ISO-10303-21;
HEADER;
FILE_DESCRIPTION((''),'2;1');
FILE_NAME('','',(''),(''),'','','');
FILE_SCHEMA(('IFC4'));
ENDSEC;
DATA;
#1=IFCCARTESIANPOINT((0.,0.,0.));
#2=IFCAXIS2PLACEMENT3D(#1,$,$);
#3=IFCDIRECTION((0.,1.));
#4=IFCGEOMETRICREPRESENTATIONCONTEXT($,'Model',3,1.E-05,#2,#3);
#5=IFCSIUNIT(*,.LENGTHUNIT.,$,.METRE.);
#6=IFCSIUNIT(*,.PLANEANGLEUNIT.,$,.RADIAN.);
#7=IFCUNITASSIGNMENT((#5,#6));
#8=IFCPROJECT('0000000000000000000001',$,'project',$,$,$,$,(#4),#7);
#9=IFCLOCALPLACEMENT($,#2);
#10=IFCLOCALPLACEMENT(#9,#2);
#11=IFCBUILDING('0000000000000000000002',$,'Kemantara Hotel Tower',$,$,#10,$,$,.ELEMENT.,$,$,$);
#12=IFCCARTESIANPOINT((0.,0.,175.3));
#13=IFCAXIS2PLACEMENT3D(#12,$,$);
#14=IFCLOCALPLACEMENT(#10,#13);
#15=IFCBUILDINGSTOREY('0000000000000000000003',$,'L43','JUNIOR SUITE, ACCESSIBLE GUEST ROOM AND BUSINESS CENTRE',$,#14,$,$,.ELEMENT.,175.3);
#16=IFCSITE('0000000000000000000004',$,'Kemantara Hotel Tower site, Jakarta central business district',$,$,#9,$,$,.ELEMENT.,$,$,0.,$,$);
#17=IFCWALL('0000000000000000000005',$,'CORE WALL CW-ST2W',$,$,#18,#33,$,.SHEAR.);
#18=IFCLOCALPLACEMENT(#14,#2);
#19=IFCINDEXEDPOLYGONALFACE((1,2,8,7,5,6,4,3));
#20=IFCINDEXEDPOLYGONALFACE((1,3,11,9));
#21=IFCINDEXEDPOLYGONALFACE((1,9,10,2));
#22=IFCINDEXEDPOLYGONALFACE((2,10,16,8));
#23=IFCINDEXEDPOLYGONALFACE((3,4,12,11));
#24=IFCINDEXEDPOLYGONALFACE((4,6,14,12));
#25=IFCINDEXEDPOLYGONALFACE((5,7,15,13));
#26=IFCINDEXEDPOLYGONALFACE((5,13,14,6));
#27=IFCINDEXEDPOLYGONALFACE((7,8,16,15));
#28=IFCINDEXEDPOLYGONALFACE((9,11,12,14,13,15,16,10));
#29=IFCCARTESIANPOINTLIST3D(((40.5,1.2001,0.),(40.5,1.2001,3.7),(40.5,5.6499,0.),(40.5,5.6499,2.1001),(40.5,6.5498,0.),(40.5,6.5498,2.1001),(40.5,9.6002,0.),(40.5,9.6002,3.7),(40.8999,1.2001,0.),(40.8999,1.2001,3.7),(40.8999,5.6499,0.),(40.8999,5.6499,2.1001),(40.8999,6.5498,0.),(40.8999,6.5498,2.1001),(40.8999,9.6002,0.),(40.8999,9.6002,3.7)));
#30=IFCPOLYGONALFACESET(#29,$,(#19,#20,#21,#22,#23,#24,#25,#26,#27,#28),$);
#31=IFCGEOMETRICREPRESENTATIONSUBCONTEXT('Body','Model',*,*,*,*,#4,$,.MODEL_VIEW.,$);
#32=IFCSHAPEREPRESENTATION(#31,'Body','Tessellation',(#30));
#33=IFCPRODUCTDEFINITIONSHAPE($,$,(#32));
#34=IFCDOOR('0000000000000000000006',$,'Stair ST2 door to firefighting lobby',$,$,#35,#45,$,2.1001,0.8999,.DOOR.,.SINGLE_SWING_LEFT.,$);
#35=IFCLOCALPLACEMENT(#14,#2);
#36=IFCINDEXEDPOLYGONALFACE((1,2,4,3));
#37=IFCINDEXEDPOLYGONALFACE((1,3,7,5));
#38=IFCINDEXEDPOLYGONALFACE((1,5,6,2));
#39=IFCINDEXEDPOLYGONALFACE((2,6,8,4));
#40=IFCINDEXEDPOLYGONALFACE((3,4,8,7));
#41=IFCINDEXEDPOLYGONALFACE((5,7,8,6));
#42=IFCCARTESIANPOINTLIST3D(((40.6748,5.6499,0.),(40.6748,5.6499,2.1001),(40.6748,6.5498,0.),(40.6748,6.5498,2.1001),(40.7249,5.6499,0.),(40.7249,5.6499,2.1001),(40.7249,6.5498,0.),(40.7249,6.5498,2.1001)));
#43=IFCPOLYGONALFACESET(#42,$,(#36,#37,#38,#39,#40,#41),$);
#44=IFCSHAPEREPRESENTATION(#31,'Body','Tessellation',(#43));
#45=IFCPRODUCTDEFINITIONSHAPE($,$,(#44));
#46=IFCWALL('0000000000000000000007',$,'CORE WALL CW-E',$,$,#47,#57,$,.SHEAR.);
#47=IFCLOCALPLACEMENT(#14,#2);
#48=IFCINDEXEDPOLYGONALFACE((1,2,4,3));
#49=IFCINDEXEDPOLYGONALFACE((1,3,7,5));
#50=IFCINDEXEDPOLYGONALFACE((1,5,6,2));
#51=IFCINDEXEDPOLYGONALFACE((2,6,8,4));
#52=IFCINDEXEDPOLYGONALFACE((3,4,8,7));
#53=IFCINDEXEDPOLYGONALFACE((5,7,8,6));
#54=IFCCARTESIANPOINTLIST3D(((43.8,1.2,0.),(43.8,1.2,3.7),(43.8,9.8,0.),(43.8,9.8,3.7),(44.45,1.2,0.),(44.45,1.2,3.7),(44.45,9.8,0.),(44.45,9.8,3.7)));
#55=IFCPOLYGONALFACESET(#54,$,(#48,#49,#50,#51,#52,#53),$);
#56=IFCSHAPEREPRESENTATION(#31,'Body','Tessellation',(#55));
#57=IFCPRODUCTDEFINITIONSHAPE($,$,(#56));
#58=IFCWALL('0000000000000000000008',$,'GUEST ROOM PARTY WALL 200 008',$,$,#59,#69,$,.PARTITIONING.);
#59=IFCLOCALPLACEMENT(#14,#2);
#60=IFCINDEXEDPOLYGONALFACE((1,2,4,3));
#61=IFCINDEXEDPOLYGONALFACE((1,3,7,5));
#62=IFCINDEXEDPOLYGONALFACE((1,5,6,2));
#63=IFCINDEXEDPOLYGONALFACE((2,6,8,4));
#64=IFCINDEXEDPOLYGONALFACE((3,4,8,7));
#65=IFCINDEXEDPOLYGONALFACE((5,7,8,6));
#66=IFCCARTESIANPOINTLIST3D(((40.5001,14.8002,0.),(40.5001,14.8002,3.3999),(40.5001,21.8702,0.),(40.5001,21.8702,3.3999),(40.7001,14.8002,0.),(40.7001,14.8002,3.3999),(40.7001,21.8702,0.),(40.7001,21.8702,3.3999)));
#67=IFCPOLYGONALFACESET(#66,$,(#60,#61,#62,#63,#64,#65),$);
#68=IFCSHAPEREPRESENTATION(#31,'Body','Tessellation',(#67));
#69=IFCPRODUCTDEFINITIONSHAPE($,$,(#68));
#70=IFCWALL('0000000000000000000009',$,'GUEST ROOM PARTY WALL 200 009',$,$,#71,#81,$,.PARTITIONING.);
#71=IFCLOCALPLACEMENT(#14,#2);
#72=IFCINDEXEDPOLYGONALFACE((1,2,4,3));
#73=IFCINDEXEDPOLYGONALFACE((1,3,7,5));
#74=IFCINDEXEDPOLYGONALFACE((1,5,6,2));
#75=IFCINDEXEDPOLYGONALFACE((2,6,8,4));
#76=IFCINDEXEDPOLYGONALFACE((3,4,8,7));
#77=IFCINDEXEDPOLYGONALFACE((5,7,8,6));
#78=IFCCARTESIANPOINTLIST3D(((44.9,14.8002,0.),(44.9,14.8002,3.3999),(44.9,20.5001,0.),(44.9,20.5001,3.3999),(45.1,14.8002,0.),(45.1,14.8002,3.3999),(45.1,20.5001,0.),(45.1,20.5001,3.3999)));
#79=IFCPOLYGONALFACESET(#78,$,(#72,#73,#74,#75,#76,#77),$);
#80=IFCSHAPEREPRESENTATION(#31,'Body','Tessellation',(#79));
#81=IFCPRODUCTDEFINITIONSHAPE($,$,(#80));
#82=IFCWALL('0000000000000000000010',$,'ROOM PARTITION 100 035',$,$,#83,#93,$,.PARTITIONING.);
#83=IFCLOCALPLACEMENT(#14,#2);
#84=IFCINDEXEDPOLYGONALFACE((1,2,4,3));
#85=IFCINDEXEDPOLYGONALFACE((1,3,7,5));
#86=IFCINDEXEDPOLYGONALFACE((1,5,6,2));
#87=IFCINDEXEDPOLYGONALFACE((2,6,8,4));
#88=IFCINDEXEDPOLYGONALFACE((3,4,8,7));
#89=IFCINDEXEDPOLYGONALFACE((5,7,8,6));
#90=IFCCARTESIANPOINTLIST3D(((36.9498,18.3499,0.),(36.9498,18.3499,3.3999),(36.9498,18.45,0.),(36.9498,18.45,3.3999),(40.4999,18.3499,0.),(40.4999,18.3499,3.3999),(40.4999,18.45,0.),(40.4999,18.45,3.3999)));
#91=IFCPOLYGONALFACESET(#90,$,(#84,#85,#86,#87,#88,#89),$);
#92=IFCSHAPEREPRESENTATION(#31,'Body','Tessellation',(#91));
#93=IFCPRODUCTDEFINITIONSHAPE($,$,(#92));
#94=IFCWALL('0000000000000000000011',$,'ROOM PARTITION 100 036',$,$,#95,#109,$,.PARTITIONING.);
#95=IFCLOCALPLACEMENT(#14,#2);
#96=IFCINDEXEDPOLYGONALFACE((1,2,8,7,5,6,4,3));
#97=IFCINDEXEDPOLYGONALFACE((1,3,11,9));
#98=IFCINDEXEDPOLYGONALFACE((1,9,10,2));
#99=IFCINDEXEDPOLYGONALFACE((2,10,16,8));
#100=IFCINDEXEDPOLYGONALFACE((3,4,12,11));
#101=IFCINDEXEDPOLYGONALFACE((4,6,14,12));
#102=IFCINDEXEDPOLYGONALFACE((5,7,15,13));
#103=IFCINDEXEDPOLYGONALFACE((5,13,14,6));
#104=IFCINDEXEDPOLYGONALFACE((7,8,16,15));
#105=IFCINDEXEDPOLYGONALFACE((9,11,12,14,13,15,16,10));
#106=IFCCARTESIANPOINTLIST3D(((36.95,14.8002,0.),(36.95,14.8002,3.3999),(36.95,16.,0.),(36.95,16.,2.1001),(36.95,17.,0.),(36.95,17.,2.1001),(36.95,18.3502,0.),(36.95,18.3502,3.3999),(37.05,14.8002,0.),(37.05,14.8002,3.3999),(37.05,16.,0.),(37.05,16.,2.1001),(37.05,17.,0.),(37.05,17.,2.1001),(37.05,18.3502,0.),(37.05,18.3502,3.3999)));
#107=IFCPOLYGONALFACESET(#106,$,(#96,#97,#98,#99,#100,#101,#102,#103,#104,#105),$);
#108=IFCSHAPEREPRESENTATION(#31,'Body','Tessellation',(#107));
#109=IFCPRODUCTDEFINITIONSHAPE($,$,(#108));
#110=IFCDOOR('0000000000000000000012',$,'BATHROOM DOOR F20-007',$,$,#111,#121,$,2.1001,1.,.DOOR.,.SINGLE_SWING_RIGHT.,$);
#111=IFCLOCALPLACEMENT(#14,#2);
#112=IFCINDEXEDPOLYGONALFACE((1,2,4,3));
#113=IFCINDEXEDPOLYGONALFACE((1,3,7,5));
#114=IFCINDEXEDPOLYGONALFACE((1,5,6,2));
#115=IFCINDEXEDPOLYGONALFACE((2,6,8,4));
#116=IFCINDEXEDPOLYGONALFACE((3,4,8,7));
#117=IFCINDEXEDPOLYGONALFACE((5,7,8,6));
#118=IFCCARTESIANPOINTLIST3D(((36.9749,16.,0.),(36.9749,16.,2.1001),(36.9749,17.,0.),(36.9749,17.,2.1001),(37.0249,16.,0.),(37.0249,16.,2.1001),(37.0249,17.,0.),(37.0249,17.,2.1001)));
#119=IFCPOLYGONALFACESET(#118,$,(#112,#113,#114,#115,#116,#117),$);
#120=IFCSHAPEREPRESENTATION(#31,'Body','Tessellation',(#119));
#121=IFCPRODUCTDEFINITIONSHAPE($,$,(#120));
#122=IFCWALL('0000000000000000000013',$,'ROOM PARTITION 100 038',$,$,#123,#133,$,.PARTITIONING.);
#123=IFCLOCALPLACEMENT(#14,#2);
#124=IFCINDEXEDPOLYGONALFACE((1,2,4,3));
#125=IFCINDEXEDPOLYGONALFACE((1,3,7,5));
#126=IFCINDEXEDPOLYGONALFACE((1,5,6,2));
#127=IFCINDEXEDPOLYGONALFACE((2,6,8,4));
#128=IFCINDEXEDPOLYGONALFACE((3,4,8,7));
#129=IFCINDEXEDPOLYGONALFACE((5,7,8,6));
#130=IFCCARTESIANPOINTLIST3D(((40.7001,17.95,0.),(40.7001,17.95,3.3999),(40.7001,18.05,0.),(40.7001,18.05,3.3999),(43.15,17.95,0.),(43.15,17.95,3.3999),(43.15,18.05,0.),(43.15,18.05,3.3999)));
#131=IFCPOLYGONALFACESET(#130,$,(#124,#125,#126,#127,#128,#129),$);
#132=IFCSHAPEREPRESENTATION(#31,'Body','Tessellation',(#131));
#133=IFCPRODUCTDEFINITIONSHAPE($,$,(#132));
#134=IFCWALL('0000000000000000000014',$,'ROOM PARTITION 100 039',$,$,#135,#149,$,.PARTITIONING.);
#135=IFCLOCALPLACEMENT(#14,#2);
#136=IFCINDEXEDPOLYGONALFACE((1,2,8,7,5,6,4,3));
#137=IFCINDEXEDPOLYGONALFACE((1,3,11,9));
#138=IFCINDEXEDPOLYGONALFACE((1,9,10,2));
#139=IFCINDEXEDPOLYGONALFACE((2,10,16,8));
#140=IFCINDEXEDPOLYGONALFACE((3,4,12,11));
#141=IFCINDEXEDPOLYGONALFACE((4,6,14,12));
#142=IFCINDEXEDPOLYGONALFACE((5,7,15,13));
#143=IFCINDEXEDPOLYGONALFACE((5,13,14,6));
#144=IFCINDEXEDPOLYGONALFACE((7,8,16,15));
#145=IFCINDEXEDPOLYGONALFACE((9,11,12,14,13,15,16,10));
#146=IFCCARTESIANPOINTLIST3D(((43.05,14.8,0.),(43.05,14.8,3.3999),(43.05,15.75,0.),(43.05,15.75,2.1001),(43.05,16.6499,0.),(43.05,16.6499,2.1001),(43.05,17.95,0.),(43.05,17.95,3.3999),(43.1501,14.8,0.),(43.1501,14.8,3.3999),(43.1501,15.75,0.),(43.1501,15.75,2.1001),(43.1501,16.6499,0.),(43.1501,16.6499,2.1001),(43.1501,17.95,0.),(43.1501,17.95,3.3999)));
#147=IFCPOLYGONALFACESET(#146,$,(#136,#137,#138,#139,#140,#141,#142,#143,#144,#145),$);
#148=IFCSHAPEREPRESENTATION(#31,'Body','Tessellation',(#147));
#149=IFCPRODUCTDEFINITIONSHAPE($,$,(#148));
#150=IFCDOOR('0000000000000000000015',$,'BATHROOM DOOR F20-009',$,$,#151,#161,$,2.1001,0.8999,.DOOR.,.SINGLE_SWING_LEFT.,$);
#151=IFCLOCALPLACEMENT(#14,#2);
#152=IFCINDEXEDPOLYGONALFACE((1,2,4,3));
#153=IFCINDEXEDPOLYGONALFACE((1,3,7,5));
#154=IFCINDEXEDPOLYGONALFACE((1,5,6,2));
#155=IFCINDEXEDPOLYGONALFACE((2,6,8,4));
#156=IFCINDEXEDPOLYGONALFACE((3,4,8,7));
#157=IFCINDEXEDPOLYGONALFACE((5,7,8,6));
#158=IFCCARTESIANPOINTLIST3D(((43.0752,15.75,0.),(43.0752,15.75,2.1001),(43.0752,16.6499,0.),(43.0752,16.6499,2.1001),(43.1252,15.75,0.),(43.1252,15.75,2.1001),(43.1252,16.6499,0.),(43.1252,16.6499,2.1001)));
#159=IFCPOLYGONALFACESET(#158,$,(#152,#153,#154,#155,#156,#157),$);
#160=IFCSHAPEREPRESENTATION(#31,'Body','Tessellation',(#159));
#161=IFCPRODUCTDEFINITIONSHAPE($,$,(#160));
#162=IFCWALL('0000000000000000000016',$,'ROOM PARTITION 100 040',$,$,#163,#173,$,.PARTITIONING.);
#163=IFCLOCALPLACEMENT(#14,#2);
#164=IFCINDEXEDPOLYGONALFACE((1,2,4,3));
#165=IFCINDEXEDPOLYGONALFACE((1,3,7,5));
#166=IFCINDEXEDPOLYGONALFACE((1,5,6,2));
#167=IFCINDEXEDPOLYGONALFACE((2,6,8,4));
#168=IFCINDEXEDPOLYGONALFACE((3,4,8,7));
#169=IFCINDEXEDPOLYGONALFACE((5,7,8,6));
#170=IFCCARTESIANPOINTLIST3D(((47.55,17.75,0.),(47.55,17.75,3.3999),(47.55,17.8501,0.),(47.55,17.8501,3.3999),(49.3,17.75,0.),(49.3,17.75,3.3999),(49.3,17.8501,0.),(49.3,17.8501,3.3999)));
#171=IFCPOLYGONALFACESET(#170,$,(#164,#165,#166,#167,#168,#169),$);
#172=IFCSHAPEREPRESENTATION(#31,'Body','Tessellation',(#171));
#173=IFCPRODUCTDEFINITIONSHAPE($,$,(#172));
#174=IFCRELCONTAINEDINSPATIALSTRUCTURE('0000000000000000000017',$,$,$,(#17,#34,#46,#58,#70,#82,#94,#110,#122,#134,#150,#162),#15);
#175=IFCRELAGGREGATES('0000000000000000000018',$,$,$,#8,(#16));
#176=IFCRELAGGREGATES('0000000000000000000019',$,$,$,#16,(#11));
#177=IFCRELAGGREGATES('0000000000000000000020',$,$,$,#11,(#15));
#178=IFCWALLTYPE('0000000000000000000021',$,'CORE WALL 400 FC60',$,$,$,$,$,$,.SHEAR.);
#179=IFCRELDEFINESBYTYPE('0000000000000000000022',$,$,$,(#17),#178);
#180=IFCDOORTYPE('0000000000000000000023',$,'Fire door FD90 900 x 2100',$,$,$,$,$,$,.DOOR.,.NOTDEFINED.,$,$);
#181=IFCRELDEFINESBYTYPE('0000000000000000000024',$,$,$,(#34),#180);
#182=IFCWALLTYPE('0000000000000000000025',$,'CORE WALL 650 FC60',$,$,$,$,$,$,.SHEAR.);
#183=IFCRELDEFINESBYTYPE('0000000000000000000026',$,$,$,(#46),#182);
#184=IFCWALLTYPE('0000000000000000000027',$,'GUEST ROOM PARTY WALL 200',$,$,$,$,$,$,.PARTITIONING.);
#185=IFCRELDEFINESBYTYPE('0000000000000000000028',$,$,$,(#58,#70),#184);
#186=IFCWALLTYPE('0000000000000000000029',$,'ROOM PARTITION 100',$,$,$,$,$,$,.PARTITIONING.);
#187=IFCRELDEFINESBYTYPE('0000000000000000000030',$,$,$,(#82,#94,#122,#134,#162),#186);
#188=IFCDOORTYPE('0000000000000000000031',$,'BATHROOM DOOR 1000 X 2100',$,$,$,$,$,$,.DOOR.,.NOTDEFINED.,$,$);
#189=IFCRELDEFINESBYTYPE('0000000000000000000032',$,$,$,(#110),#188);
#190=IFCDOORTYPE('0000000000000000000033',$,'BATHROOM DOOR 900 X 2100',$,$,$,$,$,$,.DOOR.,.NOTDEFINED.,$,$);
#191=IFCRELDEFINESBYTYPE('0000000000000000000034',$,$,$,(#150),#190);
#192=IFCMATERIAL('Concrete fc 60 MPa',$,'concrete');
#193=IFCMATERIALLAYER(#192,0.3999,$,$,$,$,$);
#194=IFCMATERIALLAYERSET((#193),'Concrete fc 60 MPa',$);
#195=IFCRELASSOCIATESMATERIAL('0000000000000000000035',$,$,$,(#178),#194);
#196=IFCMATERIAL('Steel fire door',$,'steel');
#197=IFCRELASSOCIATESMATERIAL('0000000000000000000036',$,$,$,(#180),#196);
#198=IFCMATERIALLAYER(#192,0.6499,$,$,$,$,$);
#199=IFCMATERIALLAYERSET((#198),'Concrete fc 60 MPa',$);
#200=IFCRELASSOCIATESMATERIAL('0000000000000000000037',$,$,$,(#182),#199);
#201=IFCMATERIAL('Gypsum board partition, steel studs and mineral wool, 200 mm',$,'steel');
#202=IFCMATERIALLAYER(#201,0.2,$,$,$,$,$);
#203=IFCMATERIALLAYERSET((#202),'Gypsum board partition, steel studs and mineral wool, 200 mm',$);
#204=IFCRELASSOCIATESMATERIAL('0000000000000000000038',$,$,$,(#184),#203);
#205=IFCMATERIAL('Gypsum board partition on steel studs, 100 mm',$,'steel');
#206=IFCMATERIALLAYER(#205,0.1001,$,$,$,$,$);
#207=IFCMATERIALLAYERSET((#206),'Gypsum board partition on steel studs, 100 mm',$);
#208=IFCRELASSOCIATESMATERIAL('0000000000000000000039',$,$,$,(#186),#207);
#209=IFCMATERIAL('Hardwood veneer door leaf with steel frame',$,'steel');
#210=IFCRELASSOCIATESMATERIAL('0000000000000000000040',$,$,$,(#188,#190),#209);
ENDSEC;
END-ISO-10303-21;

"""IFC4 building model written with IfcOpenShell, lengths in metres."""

from ifc_helpers import new_model, si_unit, direction, frame, frame_2d, origin, place, context, subcontext, project, spatial, rectangle, extrude, material, layer, layer_set, type_object, element, fill, save


model = new_model("IFC4")

# Units and contexts
model_context = context("Model", 3, precision=1e-05, world=origin(), true_north=direction((0.0, 1.0)))
body_context = subcontext(model_context, "Body", "Model", "MODEL_VIEW")
ifc_project = project(units=[si_unit("LENGTHUNIT", "METRE"), si_unit("PLANEANGLEUNIT", "RADIAN")], contexts=[model_context])

# Site, building, storey
site_placement = place(None, origin())
site = spatial("IfcSite", under=ifc_project, at=site_placement, Name="Kemantara Hotel Tower site, Jakarta central business district", CompositionType="ELEMENT", RefElevation=0.0)
building_placement = place(site_placement, origin())
building = spatial("IfcBuilding", under=site, at=building_placement, Name="Kemantara Hotel Tower", CompositionType="ELEMENT")
storey_placement = place(building_placement, frame((0.0, 0.0, 175.3)))
storey = spatial("IfcBuildingStorey", under=building, at=storey_placement, Name="L43", Description="JUNIOR SUITE, ACCESSIBLE GUEST ROOM AND BUSINESS CENTRE", CompositionType="ELEMENT", Elevation=175.3)

# Shared definitions
ifc_material_1 = material(Name="Concrete fc 60 MPa", Category="concrete")

# Wall, opening, door
ifc_layer_1 = layer(ifc_material_1, 0.3999)
ifc_layer_set_1 = layer_set([ifc_layer_1], Name="Concrete fc 60 MPa")
wall_type_1 = type_object("IfcWallType", Name="CORE WALL 400 FC60", PredefinedType="SHEAR", material=ifc_layer_set_1)
ifc_material_2 = material(Name="Steel fire door", Category="steel")
wall_1_placement = place(storey_placement, frame((40.7, 1.2, 0.0), z_axis=(0.0, 0.0, 1.0), x_axis=(0.0, 1.0, 0.0)))
wall_1 = element("IfcWall", 1, at=wall_1_placement, inside=storey, type_object=wall_type_1, Name="CORE WALL CW-ST2W", PredefinedType="SHEAR", context=body_context, shape_type="SweptSolid", body=[
    extrude(rectangle(XDim=8.4001, YDim=0.3999, at=frame_2d((4.2002, 0.0))), origin(), (0.0, 0.0, 1.0), 3.7),
])
opening_1_placement = place(wall_1_placement, frame((4.45, 0.0, 0.0)))
opening_1 = element("IfcOpeningElement", 2, at=opening_1_placement, cuts=wall_1, PredefinedType="OPENING", context=body_context, shape_type="SweptSolid", body=[
    extrude(rectangle(XDim=0.8999, YDim=2.1001, at=frame_2d((0.45, 1.05))), frame((0.0, 0.21, 0.0), z_axis=(0.0, -1.0, 0.0), x_axis=(1.0, 0.0, 0.0)), (0.0, 0.0, 1.0), 0.4199),
])
door_type_1 = type_object("IfcDoorType", Name="Fire door FD90 900 x 2100", OperationType="NOTDEFINED", PredefinedType="DOOR", material=ifc_material_2)
door_1_placement = place(opening_1_placement, frame((0.8999, 0.0, 0.0), z_axis=(0.0, 0.0, 1.0), x_axis=(-1.0, 0.0, 0.0)))
door_1 = element("IfcDoor", 3, at=door_1_placement, inside=storey, type_object=door_type_1, Name="Stair ST2 door to firefighting lobby", OperationType="SINGLE_SWING_LEFT", OverallHeight=2.1001, OverallWidth=0.8999, PredefinedType="DOOR", context=body_context, shape_type="SweptSolid", body=[
    extrude(rectangle(XDim=0.8999, YDim=2.1001, at=frame_2d((0.45, 1.05))), frame((0.0, 0.0249, 0.0), z_axis=(0.0, -1.0, 0.0), x_axis=(1.0, 0.0, 0.0)), (0.0, 0.0, 1.0), 0.05),
])
fill(opening_1, door_1)

# Walls
ifc_layer_2 = layer(ifc_material_1, 0.6499)
ifc_layer_set_2 = layer_set([ifc_layer_2], Name="Concrete fc 60 MPa")
wall_type_2 = type_object("IfcWallType", Name="CORE WALL 650 FC60", PredefinedType="SHEAR", material=ifc_layer_set_2)
wall_2_placement = place(storey_placement, frame((44.125, 1.2, 0.0), z_axis=(0.0, 0.0, 1.0), x_axis=(0.0, 1.0, 0.0)))
element("IfcWall", 4, at=wall_2_placement, inside=storey, type_object=wall_type_2, Name="CORE WALL CW-E", PredefinedType="SHEAR", context=body_context, shape_type="SweptSolid", body=[
    extrude(rectangle(XDim=8.6001, YDim=0.6499, at=frame_2d((4.3, 0.0))), origin(), (0.0, 0.0, 1.0), 3.7),
])
ifc_material_3 = material(Name="Gypsum board partition, steel studs and mineral wool, 200 mm", Category="steel")
ifc_layer_3 = layer(ifc_material_3, 0.2)
ifc_layer_set_3 = layer_set([ifc_layer_3], Name="Gypsum board partition, steel studs and mineral wool, 200 mm")
wall_type_3 = type_object("IfcWallType", Name="GUEST ROOM PARTY WALL 200", PredefinedType="PARTITIONING", material=ifc_layer_set_3)
wall_3_placement = place(storey_placement, frame((40.6001, 14.8, 0.0), z_axis=(0.0, 0.0, 1.0), x_axis=(0.0, 1.0, 0.0)))
element("IfcWall", 5, at=wall_3_placement, inside=storey, type_object=wall_type_3, Name="GUEST ROOM PARTY WALL 200 008", PredefinedType="PARTITIONING", context=body_context, shape_type="SweptSolid", body=[
    extrude(rectangle(XDim=7.0701, YDim=0.2, at=frame_2d((3.5352, 0.0))), origin(), (0.0, 0.0, 1.0), 3.3999),
])
wall_4_placement = place(storey_placement, frame((45.0, 14.8, 0.0), z_axis=(0.0, 0.0, 1.0), x_axis=(0.0, 1.0, 0.0)))
element("IfcWall", 6, at=wall_4_placement, inside=storey, type_object=wall_type_3, Name="GUEST ROOM PARTY WALL 200 009", PredefinedType="PARTITIONING", context=body_context, shape_type="SweptSolid", body=[
    extrude(rectangle(XDim=5.7, YDim=0.2, at=frame_2d((2.8501, 0.0))), origin(), (0.0, 0.0, 1.0), 3.3999),
])
ifc_material_4 = material(Name="Gypsum board partition on steel studs, 100 mm", Category="steel")
ifc_layer_4 = layer(ifc_material_4, 0.1001)
ifc_layer_set_4 = layer_set([ifc_layer_4], Name="Gypsum board partition on steel studs, 100 mm")
wall_type_4 = type_object("IfcWallType", Name="ROOM PARTITION 100", PredefinedType="PARTITIONING", material=ifc_layer_set_4)
wall_5_placement = place(storey_placement, frame((36.95, 18.3999, 0.0), z_axis=(0.0, 0.0, 1.0), x_axis=(1.0, 0.0, 0.0)))
element("IfcWall", 7, at=wall_5_placement, inside=storey, type_object=wall_type_4, Name="ROOM PARTITION 100 035", PredefinedType="PARTITIONING", context=body_context, shape_type="SweptSolid", body=[
    extrude(rectangle(XDim=3.55, YDim=0.1001, at=frame_2d((1.7749, 0.0))), origin(), (0.0, 0.0, 1.0), 3.3999),
])

# Wall, opening, door
wall_6_placement = place(storey_placement, frame((37.0, 18.3501, 0.0), z_axis=(0.0, 0.0, 1.0), x_axis=(0.0, -1.0, 0.0)))
wall_6 = element("IfcWall", 8, at=wall_6_placement, inside=storey, type_object=wall_type_4, Name="ROOM PARTITION 100 036", PredefinedType="PARTITIONING", context=body_context, shape_type="SweptSolid", body=[
    extrude(rectangle(XDim=3.55, YDim=0.1001, at=frame_2d((1.7749, 0.0))), origin(), (0.0, 0.0, 1.0), 3.3999),
])
opening_2_placement = place(wall_6_placement, frame((1.3501, 0.0, 0.0)))
opening_2 = element("IfcOpeningElement", 9, at=opening_2_placement, cuts=wall_6, PredefinedType="OPENING", context=body_context, shape_type="SweptSolid", body=[
    extrude(rectangle(XDim=1.0, YDim=2.1001, at=frame_2d((0.5, 1.05))), frame((0.0, 0.0601, 0.0), z_axis=(0.0, -1.0, 0.0), x_axis=(1.0, 0.0, 0.0)), (0.0, 0.0, 1.0), 0.1201),
])
ifc_material_5 = material(Name="Hardwood veneer door leaf with steel frame", Category="steel")
door_type_2 = type_object("IfcDoorType", Name="BATHROOM DOOR 1000 X 2100", OperationType="NOTDEFINED", PredefinedType="DOOR", material=ifc_material_5)
door_2_placement = place(opening_2_placement, origin())
door_2 = element("IfcDoor", 10, at=door_2_placement, inside=storey, type_object=door_type_2, Name="BATHROOM DOOR F20-007", OperationType="SINGLE_SWING_RIGHT", OverallHeight=2.1001, OverallWidth=1.0, PredefinedType="DOOR", context=body_context, shape_type="SweptSolid", body=[
    extrude(rectangle(XDim=1.0, YDim=2.1001, at=frame_2d((0.5, 1.05))), frame((0.0, 0.0249, 0.0), z_axis=(0.0, -1.0, 0.0), x_axis=(1.0, 0.0, 0.0)), (0.0, 0.0, 1.0), 0.05),
])
fill(opening_2, door_2)

# Wall
wall_7_placement = place(storey_placement, frame((40.7, 18.0, 0.0), z_axis=(0.0, 0.0, 1.0), x_axis=(1.0, 0.0, 0.0)))
element("IfcWall", 11, at=wall_7_placement, inside=storey, type_object=wall_type_4, Name="ROOM PARTITION 100 038", PredefinedType="PARTITIONING", context=body_context, shape_type="SweptSolid", body=[
    extrude(rectangle(XDim=2.45, YDim=0.1001, at=frame_2d((1.2251, 0.0))), origin(), (0.0, 0.0, 1.0), 3.3999),
])

# Wall, opening, door
wall_8_placement = place(storey_placement, frame((43.1001, 14.8, 0.0), z_axis=(0.0, 0.0, 1.0), x_axis=(0.0, 1.0, 0.0)))
wall_8 = element("IfcWall", 12, at=wall_8_placement, inside=storey, type_object=wall_type_4, Name="ROOM PARTITION 100 039", PredefinedType="PARTITIONING", context=body_context, shape_type="SweptSolid", body=[
    extrude(rectangle(XDim=3.1499, YDim=0.1001, at=frame_2d((1.575, 0.0))), origin(), (0.0, 0.0, 1.0), 3.3999),
])
opening_3_placement = place(wall_8_placement, frame((0.95, 0.0, 0.0)))
opening_3 = element("IfcOpeningElement", 13, at=opening_3_placement, cuts=wall_8, PredefinedType="OPENING", context=body_context, shape_type="SweptSolid", body=[
    extrude(rectangle(XDim=0.8999, YDim=2.1001, at=frame_2d((0.45, 1.05))), frame((0.0, 0.0601, 0.0), z_axis=(0.0, -1.0, 0.0), x_axis=(1.0, 0.0, 0.0)), (0.0, 0.0, 1.0), 0.1201),
])
door_type_3 = type_object("IfcDoorType", Name="BATHROOM DOOR 900 X 2100", OperationType="NOTDEFINED", PredefinedType="DOOR", material=ifc_material_5)
door_3_placement = place(opening_3_placement, origin())
door_3 = element("IfcDoor", 14, at=door_3_placement, inside=storey, type_object=door_type_3, Name="BATHROOM DOOR F20-009", OperationType="SINGLE_SWING_LEFT", OverallHeight=2.1001, OverallWidth=0.8999, PredefinedType="DOOR", context=body_context, shape_type="SweptSolid", body=[
    extrude(rectangle(XDim=0.8999, YDim=2.1001, at=frame_2d((0.45, 1.05))), frame((0.0, 0.0249, 0.0), z_axis=(0.0, -1.0, 0.0), x_axis=(1.0, 0.0, 0.0)), (0.0, 0.0, 1.0), 0.05),
])
fill(opening_3, door_3)

# Wall
wall_9_placement = place(storey_placement, frame((47.55, 17.8, 0.0), z_axis=(0.0, 0.0, 1.0), x_axis=(1.0, 0.0, 0.0)))
element("IfcWall", 15, at=wall_9_placement, inside=storey, type_object=wall_type_4, Name="ROOM PARTITION 100 040", PredefinedType="PARTITIONING", context=body_context, shape_type="SweptSolid", body=[
    extrude(rectangle(XDim=1.75, YDim=0.1001, at=frame_2d((0.875, 0.0))), origin(), (0.0, 0.0, 1.0), 3.3999),
])

save(model, "model.ifc")
